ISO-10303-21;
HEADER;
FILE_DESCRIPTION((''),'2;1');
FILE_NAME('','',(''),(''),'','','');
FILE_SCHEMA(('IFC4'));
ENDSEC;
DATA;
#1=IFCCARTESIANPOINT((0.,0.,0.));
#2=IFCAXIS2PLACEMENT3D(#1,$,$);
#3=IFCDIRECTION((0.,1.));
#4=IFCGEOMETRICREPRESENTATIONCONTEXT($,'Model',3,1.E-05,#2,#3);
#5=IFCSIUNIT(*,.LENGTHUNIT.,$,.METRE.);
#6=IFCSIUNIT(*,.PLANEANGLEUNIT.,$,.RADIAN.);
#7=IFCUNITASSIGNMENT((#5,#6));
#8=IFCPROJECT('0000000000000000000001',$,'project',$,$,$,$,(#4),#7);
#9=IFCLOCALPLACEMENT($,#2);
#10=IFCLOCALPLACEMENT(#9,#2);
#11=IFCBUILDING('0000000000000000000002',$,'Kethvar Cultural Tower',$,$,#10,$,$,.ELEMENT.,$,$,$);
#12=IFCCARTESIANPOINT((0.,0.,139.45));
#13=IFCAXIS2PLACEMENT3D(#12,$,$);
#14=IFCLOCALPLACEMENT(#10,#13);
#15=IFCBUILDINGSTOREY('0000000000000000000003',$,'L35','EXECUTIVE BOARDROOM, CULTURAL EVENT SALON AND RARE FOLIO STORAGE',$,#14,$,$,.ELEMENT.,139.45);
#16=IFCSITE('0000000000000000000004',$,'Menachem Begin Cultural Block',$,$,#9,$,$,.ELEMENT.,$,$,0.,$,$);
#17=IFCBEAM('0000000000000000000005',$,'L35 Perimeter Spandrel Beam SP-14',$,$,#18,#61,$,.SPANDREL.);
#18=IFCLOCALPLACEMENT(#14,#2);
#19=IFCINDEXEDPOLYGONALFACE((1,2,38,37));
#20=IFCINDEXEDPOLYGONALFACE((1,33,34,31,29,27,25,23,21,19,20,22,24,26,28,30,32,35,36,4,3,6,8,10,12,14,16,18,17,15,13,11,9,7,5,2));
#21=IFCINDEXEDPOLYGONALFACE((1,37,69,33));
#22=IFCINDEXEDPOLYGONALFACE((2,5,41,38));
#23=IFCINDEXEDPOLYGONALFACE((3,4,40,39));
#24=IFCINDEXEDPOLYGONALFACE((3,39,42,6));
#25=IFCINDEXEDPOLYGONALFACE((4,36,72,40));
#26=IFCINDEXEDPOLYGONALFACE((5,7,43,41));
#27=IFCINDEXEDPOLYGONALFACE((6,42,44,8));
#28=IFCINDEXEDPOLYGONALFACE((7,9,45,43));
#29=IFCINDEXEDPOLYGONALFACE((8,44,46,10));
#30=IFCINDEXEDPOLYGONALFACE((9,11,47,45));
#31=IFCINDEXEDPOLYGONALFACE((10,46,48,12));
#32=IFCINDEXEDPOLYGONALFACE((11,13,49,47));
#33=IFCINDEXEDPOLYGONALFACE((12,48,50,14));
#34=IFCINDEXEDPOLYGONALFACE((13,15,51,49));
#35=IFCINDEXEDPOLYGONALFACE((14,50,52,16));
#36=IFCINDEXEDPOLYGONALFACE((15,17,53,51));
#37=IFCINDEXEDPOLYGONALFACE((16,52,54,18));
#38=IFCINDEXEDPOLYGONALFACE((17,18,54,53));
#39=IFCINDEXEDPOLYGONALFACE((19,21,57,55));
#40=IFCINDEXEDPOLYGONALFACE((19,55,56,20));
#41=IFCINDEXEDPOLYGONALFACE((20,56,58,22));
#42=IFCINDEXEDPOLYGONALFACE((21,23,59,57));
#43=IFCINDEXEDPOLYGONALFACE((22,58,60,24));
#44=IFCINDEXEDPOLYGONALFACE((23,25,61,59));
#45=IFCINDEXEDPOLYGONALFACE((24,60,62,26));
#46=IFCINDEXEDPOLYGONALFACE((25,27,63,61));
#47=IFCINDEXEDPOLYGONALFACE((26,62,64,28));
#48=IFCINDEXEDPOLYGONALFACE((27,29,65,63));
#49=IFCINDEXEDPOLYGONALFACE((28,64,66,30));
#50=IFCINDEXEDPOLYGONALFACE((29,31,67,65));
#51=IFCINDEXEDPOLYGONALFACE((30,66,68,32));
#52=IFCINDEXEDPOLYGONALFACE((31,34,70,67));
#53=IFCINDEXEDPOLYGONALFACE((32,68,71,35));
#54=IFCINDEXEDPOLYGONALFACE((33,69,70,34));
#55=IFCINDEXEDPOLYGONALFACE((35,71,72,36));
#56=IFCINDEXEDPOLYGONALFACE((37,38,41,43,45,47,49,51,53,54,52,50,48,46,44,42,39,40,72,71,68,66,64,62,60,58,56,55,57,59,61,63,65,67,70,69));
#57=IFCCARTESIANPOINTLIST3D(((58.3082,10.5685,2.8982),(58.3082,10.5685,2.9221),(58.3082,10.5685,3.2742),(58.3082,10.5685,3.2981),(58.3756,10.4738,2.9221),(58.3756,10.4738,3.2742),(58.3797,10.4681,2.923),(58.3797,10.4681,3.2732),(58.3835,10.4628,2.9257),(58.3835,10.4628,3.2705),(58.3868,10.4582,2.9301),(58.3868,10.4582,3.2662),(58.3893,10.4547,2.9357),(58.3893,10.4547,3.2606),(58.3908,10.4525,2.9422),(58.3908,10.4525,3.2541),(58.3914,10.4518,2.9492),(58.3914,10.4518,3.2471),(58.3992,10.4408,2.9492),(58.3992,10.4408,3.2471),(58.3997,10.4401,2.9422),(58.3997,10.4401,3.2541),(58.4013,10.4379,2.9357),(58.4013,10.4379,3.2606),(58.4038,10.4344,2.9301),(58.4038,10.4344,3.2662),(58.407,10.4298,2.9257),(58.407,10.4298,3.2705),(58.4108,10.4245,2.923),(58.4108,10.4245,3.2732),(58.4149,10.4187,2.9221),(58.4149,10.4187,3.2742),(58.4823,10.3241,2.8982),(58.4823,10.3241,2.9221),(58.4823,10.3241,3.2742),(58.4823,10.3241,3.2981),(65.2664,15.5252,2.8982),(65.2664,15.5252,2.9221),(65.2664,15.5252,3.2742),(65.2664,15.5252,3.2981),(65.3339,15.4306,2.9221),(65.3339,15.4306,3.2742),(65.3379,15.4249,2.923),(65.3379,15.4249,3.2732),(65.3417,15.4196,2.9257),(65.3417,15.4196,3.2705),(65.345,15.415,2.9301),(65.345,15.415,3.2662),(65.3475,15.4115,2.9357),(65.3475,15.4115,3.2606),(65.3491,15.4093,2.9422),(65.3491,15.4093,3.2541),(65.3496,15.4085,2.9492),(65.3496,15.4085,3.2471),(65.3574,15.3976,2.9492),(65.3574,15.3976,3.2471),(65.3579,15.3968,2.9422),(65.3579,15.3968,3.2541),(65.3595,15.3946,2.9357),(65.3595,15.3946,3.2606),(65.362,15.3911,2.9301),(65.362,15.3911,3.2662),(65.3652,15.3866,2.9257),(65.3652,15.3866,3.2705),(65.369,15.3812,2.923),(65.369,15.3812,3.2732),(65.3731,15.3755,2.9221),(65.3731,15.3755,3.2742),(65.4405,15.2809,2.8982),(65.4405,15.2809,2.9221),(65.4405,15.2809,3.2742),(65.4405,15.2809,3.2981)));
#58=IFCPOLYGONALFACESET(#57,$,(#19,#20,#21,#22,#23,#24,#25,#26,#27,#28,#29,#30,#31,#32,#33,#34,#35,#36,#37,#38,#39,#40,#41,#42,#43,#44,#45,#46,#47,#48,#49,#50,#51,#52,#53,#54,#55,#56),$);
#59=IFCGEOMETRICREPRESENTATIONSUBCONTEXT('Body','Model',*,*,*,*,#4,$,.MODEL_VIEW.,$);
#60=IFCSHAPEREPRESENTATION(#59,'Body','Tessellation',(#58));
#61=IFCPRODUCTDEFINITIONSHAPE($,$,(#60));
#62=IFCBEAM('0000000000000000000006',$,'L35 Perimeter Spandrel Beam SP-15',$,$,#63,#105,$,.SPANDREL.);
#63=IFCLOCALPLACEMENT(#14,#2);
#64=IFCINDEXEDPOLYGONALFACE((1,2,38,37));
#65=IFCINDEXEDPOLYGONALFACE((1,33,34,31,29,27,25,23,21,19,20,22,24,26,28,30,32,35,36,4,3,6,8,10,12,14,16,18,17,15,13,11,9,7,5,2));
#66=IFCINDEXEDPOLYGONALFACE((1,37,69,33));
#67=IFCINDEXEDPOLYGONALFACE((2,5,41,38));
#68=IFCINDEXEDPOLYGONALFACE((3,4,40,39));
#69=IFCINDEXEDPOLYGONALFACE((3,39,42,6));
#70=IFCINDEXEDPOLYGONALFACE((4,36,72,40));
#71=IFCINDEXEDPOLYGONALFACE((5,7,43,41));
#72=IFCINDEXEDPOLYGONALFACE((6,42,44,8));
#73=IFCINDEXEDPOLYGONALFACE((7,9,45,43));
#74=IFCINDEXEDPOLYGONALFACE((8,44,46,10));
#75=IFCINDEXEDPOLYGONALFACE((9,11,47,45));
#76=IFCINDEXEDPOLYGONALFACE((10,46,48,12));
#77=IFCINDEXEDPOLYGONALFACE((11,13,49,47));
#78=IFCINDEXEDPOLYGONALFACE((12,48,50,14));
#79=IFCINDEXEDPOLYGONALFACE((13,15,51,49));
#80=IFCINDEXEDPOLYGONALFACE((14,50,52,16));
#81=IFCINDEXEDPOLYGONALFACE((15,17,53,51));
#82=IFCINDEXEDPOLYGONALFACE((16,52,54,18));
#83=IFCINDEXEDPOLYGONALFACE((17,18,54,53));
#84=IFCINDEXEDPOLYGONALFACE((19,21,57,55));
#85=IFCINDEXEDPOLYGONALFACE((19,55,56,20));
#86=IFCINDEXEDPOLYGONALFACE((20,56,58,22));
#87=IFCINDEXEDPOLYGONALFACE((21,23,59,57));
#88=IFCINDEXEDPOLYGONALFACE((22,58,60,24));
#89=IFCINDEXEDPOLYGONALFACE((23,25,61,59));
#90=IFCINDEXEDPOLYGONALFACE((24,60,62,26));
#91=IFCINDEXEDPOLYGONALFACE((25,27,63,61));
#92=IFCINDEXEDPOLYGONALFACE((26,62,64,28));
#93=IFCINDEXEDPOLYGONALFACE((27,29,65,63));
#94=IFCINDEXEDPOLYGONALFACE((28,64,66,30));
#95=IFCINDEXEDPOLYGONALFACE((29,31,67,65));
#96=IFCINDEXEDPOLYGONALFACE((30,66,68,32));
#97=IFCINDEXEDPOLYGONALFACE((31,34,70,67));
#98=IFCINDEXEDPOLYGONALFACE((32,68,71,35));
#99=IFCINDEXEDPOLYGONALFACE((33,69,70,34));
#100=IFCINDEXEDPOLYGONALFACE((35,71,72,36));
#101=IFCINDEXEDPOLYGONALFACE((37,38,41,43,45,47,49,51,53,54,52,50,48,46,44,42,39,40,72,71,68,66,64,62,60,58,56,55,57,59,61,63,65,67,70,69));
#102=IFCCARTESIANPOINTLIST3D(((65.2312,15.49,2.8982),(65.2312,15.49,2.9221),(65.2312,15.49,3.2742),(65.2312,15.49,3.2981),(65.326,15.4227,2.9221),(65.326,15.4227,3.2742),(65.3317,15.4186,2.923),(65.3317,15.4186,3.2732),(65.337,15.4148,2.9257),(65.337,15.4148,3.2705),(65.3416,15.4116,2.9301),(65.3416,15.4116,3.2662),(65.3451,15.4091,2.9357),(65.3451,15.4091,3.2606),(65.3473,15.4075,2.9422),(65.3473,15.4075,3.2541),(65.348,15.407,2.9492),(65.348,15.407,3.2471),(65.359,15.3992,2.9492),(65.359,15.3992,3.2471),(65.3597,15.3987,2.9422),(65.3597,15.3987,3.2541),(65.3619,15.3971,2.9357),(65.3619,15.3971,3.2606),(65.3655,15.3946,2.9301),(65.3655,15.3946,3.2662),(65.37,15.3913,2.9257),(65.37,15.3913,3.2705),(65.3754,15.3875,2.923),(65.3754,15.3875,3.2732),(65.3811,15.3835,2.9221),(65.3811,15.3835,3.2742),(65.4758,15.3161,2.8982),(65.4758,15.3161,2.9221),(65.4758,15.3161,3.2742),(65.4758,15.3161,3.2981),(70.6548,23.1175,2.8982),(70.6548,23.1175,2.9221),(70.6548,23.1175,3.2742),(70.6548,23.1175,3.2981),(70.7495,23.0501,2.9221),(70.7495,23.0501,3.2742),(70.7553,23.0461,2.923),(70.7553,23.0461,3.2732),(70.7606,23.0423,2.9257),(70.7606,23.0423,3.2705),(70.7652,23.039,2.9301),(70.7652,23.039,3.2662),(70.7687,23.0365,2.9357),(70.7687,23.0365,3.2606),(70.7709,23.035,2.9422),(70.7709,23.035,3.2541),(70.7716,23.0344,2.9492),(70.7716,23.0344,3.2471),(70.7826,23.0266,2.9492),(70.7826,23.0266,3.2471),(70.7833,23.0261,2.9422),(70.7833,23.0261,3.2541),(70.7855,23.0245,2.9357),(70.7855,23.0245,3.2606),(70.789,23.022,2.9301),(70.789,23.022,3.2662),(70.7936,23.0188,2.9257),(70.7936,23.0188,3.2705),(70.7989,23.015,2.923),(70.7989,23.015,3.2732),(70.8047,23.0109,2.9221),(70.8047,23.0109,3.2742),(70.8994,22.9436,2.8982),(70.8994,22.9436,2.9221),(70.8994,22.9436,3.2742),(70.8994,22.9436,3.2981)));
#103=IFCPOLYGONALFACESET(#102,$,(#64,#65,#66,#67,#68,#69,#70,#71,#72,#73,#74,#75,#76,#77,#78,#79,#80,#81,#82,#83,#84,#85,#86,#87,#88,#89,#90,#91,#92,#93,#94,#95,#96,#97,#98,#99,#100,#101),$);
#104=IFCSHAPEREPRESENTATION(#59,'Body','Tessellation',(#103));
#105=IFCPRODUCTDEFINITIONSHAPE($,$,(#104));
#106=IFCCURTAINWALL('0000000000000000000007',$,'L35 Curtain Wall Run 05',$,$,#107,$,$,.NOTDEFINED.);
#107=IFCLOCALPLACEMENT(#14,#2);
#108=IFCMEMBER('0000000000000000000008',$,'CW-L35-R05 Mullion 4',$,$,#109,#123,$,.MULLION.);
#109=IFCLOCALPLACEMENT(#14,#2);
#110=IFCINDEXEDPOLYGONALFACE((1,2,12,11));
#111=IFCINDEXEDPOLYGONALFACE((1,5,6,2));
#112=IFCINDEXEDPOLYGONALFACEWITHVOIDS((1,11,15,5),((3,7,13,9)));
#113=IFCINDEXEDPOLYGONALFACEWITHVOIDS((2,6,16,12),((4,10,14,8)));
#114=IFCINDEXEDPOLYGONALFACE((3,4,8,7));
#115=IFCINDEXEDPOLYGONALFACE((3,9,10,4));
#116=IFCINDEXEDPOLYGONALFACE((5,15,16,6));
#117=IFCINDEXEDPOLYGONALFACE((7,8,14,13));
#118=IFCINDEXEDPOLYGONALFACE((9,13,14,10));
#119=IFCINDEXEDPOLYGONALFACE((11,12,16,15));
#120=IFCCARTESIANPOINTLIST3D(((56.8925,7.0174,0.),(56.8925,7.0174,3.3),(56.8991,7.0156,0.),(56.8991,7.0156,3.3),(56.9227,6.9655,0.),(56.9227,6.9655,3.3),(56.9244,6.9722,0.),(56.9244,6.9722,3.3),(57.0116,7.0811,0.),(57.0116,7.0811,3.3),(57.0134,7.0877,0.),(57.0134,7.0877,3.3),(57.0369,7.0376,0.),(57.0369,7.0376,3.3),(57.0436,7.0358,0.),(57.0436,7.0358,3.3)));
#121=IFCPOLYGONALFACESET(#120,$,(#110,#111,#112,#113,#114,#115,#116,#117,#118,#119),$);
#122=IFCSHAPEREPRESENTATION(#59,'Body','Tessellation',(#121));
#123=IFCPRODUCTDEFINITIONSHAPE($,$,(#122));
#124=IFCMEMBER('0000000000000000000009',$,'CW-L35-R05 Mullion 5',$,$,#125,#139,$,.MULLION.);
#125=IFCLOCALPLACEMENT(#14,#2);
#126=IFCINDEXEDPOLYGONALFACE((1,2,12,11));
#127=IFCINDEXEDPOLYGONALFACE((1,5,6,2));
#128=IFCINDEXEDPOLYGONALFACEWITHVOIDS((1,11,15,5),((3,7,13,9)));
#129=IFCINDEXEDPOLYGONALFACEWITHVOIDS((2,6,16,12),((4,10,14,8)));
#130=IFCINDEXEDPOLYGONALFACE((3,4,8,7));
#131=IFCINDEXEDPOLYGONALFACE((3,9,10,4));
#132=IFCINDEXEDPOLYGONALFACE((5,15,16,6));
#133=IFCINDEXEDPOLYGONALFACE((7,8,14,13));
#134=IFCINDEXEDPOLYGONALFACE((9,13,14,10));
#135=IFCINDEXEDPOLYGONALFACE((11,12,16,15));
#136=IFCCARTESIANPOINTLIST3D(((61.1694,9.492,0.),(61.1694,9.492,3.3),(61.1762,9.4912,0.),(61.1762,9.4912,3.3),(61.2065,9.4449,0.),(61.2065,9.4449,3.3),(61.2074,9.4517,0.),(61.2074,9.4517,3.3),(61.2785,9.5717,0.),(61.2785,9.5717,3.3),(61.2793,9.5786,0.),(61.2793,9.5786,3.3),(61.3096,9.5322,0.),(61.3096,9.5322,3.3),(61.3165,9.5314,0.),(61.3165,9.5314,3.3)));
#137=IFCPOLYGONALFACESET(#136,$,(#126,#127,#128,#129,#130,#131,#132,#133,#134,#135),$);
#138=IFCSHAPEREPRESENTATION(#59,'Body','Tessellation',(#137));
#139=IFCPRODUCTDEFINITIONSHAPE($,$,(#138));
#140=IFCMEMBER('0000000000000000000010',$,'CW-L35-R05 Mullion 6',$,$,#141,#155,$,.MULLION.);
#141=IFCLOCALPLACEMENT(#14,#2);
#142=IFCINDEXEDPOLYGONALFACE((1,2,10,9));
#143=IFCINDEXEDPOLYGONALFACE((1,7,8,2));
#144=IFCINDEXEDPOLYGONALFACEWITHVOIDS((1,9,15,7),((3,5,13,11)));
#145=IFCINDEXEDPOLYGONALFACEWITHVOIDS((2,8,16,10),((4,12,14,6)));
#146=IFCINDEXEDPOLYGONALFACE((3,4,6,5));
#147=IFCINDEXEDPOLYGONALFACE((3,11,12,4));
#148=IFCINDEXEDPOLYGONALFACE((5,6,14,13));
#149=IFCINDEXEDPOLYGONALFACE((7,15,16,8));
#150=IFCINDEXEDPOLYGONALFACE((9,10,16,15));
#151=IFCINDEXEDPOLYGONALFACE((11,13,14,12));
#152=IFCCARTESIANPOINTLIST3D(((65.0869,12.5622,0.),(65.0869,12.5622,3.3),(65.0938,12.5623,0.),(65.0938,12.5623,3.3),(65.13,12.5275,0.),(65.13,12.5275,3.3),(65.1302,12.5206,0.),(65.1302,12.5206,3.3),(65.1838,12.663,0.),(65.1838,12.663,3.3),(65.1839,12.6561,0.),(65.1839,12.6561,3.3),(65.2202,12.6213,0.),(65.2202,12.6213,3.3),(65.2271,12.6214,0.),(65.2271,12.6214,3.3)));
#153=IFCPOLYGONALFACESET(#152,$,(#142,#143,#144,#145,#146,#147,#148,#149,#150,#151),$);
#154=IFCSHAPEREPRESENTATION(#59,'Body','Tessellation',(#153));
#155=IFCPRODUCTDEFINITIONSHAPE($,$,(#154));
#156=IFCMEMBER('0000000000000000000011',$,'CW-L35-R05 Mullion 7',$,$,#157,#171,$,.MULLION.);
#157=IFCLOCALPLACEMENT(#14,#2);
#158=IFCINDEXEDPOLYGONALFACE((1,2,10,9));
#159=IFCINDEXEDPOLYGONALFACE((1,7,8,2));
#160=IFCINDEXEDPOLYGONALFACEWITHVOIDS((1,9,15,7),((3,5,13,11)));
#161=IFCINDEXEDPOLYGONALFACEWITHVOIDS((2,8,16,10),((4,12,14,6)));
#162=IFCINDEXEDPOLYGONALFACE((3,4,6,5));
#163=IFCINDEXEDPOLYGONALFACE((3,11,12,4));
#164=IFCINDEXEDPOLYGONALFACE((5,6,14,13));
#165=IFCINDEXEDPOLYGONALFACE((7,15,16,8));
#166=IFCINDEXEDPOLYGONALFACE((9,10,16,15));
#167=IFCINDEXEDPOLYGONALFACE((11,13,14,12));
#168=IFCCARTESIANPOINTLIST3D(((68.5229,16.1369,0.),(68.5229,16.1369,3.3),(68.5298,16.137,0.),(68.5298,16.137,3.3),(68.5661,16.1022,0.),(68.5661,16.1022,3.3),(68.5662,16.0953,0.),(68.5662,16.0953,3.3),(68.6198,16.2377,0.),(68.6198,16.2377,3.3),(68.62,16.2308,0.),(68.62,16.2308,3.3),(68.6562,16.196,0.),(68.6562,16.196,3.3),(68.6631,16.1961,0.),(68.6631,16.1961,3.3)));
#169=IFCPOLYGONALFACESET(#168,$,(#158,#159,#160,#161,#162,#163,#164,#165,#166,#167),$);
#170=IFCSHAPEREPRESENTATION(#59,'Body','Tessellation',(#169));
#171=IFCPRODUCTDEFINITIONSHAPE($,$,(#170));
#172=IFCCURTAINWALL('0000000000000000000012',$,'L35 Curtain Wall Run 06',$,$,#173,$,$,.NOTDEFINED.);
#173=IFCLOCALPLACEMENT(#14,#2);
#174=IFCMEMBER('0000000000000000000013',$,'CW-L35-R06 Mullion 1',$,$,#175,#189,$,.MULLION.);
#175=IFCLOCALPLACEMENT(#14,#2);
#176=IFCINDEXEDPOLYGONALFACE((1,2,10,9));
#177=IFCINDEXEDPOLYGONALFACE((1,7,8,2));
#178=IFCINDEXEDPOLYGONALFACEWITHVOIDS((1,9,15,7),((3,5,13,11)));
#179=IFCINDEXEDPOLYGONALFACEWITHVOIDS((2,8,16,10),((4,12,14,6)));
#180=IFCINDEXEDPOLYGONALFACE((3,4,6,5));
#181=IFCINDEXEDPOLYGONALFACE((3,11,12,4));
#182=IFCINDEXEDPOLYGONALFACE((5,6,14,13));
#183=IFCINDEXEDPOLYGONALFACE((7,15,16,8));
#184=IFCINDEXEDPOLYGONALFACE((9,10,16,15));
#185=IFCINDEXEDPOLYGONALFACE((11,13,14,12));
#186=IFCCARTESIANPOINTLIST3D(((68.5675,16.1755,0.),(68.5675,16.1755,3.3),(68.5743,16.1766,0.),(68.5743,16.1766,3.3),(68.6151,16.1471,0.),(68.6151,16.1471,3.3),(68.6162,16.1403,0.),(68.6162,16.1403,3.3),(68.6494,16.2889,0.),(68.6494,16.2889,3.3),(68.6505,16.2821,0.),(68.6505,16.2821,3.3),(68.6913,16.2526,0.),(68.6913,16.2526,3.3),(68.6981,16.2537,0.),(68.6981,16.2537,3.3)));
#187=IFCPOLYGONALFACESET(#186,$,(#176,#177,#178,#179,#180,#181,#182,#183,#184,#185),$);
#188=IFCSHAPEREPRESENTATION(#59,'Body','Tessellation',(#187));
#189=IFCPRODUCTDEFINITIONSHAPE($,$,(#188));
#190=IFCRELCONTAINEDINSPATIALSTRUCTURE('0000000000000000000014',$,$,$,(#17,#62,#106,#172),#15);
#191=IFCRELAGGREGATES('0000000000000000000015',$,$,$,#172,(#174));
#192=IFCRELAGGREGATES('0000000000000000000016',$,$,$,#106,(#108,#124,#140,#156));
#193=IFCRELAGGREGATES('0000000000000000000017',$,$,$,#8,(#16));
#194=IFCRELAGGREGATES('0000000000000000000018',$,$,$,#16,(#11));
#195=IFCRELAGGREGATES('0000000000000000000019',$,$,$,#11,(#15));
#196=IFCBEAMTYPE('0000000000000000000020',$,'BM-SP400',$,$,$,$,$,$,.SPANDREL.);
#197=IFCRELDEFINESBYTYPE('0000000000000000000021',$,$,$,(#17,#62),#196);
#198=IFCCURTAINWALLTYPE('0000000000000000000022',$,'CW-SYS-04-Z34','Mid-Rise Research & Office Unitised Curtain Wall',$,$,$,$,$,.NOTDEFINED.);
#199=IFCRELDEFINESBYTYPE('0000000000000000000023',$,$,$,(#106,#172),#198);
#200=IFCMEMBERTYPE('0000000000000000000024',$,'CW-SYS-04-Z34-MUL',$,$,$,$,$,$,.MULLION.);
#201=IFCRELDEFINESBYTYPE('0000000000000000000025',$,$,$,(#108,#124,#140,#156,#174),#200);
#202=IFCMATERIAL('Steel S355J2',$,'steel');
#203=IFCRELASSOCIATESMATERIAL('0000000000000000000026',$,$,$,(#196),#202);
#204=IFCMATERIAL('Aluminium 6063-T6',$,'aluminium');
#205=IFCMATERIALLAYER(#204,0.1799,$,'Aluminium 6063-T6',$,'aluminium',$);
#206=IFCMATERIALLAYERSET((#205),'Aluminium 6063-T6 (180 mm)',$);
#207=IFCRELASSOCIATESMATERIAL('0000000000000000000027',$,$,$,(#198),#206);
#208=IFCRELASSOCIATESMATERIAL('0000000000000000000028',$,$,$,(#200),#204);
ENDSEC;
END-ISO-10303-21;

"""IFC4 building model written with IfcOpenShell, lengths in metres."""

from ifc_helpers import new_model, si_unit, direction, frame, origin, origin_2d, place, context, subcontext, project, spatial, hollow_rectangle, i_section, extrude, source, transform, mapped, material, layer, layer_set, material_profile, profile_set, type_object, element, aggregate, save


model = new_model("IFC4")

# Units and contexts
model_context = context("Model", 3, precision=1e-05, world=origin(), true_north=direction((0.0, 1.0)))
body_context = subcontext(model_context, "Body", "Model", "MODEL_VIEW")
ifc_project = project(units=[si_unit("LENGTHUNIT", "METRE"), si_unit("PLANEANGLEUNIT", "RADIAN")], contexts=[model_context])

# Site, building, storey
site_placement = place(None, origin())
site = spatial("IfcSite", under=ifc_project, at=site_placement, Name="Menachem Begin Cultural Block", CompositionType="ELEMENT", RefElevation=0.0)
building_placement = place(site_placement, origin())
building = spatial("IfcBuilding", under=site, at=building_placement, Name="Kethvar Cultural Tower", CompositionType="ELEMENT")
storey_placement = place(building_placement, frame((0.0, 0.0, 139.45)))
storey = spatial("IfcBuildingStorey", under=building, at=storey_placement, Name="L35", Description="EXECUTIVE BOARDROOM, CULTURAL EVENT SALON AND RARE FOLIO STORAGE", CompositionType="ELEMENT", Elevation=139.45)

# Beams
ifc_material_1 = material(Name="Steel S355J2", Category="steel")
ifc_material_profile_1 = material_profile(ifc_material_1, i_section(OverallWidth=0.3, OverallDepth=0.3999, WebThickness=0.0134, FlangeThickness=0.0239, FilletRadius=0.0271, at=origin_2d()), Name="Steel S355J2 — HEB400")
ifc_profile_set_1 = profile_set([ifc_material_profile_1], Name="Steel S355J2 — HEB400")
beam_type_1 = type_object("IfcBeamType", Name="BM-SP400", PredefinedType="SPANDREL", material=ifc_profile_set_1)
shared_shape_1 = source(origin(), body_context, "Body", "SweptSolid", [
    extrude(i_section(OverallWidth=0.3, OverallDepth=0.3999, WebThickness=0.0134, FlangeThickness=0.0239, FilletRadius=0.0271, at=origin_2d()), origin(), (0.0, 0.0, 1.0), 8.5432),
])
beam_1_placement = place(storey_placement, frame((58.3953, 10.4463, 3.0981), z_axis=(0.814474, 0.5802, 0.0), x_axis=(-0.5802, 0.814474, 0.0)))
element("IfcBeam", 1, at=beam_1_placement, inside=storey, type_object=beam_type_1, Name="L35 Perimeter Spandrel Beam SP-14", PredefinedType="SPANDREL", context=body_context, shape_type="MappedRepresentation", body=[
    mapped(shared_shape_1, transform((0.0, 0.0, 0.0), scale=1.0)),
])
shared_shape_2 = source(origin(), body_context, "Body", "SweptSolid", [
    extrude(i_section(OverallWidth=0.3, OverallDepth=0.3999, WebThickness=0.0134, FlangeThickness=0.0239, FilletRadius=0.0271, at=origin_2d()), origin(), (0.0, 0.0, 1.0), 9.3591),
])
beam_2_placement = place(storey_placement, frame((65.3535, 15.4031, 3.0981), z_axis=(0.579497, 0.814974, 0.0), x_axis=(-0.814974, 0.579497, 0.0)))
element("IfcBeam", 2, at=beam_2_placement, inside=storey, type_object=beam_type_1, Name="L35 Perimeter Spandrel Beam SP-15", PredefinedType="SPANDREL", context=body_context, shape_type="MappedRepresentation", body=[
    mapped(shared_shape_2, transform((0.0, 0.0, 0.0), scale=1.0)),
])

# Curtain walls, members
ifc_material_2 = material(Name="Aluminium 6063-T6", Category="aluminium")
ifc_layer_1 = layer(ifc_material_2, 0.1799, Name="Aluminium 6063-T6", Category="aluminium")
ifc_layer_set_1 = layer_set([ifc_layer_1], Name="Aluminium 6063-T6 (180 mm)")
curtain_wall_type = type_object("IfcCurtainWallType", Name="CW-SYS-04-Z34", Description="Mid-Rise Research & Office Unitised Curtain Wall", PredefinedType="NOTDEFINED", material=ifc_layer_set_1)
curtain_wall_1_placement = place(storey_placement, origin())
curtain_wall_1 = element("IfcCurtainWall", 3, at=curtain_wall_1_placement, inside=storey, type_object=curtain_wall_type, Name="L35 Curtain Wall Run 05", PredefinedType="NOTDEFINED")
ifc_material_profile_2 = material_profile(ifc_material_2, hollow_rectangle(XDim=0.0601, YDim=0.1399, WallThickness=0.0049, at=origin_2d()), Name="Aluminium 6063-T6 — RHS140x60x5")
ifc_profile_set_2 = profile_set([ifc_material_profile_2], Name="Aluminium 6063-T6 — RHS140x60x5")
member_type_1 = type_object("IfcMemberType", Name="CW-SYS-04-Z34-MUL", PredefinedType="MULLION", material=ifc_profile_set_2)
shared_shape_3 = source(origin(), body_context, "Body", "SweptSolid", [
    extrude(hollow_rectangle(XDim=0.0601, YDim=0.1399, WallThickness=0.0049, at=origin_2d()), origin(), (0.0, 0.0, 1.0), 3.3),
])
member_1_placement = place(storey_placement, frame((56.968, 7.0266, 0.0), z_axis=(0.0, 0.0, 1.0), x_axis=(-0.502748, 0.864433, 0.0)))
member_1 = element("IfcMember", 4, at=member_1_placement, type_object=member_type_1, Name="CW-L35-R05 Mullion 4", PredefinedType="MULLION", context=body_context, shape_type="MappedRepresentation", body=[
    mapped(shared_shape_3, transform((0.0, 0.0, 0.0), scale=1.0)),
])
member_2_placement = place(storey_placement, frame((61.2429, 9.5117, 0.0), z_axis=(0.0, 0.0, 1.0), x_axis=(-0.618587, 0.785717, 0.0)))
member_2 = element("IfcMember", 5, at=member_2_placement, type_object=member_type_1, Name="CW-L35-R05 Mullion 5", PredefinedType="MULLION", context=body_context, shape_type="MappedRepresentation", body=[
    mapped(shared_shape_3, transform((0.0, 0.0, 0.0), scale=1.0)),
])
member_3_placement = place(storey_placement, frame((65.157, 12.5918, 0.0), z_axis=(0.0, 0.0, 1.0), x_axis=(-0.720962, 0.692974, 0.0)))
member_3 = element("IfcMember", 6, at=member_3_placement, type_object=member_type_1, Name="CW-L35-R05 Mullion 6", PredefinedType="MULLION", context=body_context, shape_type="MappedRepresentation", body=[
    mapped(shared_shape_3, transform((0.0, 0.0, 0.0), scale=1.0)),
])
member_4_placement = place(storey_placement, frame((68.593, 16.1665, 0.0), z_axis=(0.0, 0.0, 1.0), x_axis=(-0.720962, 0.692974, 0.0)))
member_4 = element("IfcMember", 7, at=member_4_placement, type_object=member_type_1, Name="CW-L35-R05 Mullion 7", PredefinedType="MULLION", context=body_context, shape_type="MappedRepresentation", body=[
    mapped(shared_shape_3, transform((0.0, 0.0, 0.0), scale=1.0)),
])
curtain_wall_2_placement = place(storey_placement, origin())
curtain_wall_2 = element("IfcCurtainWall", 8, at=curtain_wall_2_placement, inside=storey, type_object=curtain_wall_type, Name="L35 Curtain Wall Run 06", PredefinedType="NOTDEFINED")
member_5_placement = place(storey_placement, frame((68.6328, 16.2146, 0.0), z_axis=(0.0, 0.0, 1.0), x_axis=(-0.810757, 0.585382, 0.0)))
member_5 = element("IfcMember", 9, at=member_5_placement, type_object=member_type_1, Name="CW-L35-R06 Mullion 1", PredefinedType="MULLION", context=body_context, shape_type="MappedRepresentation", body=[
    mapped(shared_shape_3, transform((0.0, 0.0, 0.0), scale=1.0)),
])
aggregate(curtain_wall_2, [member_5])

aggregate(curtain_wall_1, [member_1, member_2, member_3, member_4])

save(model, "model.ifc")
